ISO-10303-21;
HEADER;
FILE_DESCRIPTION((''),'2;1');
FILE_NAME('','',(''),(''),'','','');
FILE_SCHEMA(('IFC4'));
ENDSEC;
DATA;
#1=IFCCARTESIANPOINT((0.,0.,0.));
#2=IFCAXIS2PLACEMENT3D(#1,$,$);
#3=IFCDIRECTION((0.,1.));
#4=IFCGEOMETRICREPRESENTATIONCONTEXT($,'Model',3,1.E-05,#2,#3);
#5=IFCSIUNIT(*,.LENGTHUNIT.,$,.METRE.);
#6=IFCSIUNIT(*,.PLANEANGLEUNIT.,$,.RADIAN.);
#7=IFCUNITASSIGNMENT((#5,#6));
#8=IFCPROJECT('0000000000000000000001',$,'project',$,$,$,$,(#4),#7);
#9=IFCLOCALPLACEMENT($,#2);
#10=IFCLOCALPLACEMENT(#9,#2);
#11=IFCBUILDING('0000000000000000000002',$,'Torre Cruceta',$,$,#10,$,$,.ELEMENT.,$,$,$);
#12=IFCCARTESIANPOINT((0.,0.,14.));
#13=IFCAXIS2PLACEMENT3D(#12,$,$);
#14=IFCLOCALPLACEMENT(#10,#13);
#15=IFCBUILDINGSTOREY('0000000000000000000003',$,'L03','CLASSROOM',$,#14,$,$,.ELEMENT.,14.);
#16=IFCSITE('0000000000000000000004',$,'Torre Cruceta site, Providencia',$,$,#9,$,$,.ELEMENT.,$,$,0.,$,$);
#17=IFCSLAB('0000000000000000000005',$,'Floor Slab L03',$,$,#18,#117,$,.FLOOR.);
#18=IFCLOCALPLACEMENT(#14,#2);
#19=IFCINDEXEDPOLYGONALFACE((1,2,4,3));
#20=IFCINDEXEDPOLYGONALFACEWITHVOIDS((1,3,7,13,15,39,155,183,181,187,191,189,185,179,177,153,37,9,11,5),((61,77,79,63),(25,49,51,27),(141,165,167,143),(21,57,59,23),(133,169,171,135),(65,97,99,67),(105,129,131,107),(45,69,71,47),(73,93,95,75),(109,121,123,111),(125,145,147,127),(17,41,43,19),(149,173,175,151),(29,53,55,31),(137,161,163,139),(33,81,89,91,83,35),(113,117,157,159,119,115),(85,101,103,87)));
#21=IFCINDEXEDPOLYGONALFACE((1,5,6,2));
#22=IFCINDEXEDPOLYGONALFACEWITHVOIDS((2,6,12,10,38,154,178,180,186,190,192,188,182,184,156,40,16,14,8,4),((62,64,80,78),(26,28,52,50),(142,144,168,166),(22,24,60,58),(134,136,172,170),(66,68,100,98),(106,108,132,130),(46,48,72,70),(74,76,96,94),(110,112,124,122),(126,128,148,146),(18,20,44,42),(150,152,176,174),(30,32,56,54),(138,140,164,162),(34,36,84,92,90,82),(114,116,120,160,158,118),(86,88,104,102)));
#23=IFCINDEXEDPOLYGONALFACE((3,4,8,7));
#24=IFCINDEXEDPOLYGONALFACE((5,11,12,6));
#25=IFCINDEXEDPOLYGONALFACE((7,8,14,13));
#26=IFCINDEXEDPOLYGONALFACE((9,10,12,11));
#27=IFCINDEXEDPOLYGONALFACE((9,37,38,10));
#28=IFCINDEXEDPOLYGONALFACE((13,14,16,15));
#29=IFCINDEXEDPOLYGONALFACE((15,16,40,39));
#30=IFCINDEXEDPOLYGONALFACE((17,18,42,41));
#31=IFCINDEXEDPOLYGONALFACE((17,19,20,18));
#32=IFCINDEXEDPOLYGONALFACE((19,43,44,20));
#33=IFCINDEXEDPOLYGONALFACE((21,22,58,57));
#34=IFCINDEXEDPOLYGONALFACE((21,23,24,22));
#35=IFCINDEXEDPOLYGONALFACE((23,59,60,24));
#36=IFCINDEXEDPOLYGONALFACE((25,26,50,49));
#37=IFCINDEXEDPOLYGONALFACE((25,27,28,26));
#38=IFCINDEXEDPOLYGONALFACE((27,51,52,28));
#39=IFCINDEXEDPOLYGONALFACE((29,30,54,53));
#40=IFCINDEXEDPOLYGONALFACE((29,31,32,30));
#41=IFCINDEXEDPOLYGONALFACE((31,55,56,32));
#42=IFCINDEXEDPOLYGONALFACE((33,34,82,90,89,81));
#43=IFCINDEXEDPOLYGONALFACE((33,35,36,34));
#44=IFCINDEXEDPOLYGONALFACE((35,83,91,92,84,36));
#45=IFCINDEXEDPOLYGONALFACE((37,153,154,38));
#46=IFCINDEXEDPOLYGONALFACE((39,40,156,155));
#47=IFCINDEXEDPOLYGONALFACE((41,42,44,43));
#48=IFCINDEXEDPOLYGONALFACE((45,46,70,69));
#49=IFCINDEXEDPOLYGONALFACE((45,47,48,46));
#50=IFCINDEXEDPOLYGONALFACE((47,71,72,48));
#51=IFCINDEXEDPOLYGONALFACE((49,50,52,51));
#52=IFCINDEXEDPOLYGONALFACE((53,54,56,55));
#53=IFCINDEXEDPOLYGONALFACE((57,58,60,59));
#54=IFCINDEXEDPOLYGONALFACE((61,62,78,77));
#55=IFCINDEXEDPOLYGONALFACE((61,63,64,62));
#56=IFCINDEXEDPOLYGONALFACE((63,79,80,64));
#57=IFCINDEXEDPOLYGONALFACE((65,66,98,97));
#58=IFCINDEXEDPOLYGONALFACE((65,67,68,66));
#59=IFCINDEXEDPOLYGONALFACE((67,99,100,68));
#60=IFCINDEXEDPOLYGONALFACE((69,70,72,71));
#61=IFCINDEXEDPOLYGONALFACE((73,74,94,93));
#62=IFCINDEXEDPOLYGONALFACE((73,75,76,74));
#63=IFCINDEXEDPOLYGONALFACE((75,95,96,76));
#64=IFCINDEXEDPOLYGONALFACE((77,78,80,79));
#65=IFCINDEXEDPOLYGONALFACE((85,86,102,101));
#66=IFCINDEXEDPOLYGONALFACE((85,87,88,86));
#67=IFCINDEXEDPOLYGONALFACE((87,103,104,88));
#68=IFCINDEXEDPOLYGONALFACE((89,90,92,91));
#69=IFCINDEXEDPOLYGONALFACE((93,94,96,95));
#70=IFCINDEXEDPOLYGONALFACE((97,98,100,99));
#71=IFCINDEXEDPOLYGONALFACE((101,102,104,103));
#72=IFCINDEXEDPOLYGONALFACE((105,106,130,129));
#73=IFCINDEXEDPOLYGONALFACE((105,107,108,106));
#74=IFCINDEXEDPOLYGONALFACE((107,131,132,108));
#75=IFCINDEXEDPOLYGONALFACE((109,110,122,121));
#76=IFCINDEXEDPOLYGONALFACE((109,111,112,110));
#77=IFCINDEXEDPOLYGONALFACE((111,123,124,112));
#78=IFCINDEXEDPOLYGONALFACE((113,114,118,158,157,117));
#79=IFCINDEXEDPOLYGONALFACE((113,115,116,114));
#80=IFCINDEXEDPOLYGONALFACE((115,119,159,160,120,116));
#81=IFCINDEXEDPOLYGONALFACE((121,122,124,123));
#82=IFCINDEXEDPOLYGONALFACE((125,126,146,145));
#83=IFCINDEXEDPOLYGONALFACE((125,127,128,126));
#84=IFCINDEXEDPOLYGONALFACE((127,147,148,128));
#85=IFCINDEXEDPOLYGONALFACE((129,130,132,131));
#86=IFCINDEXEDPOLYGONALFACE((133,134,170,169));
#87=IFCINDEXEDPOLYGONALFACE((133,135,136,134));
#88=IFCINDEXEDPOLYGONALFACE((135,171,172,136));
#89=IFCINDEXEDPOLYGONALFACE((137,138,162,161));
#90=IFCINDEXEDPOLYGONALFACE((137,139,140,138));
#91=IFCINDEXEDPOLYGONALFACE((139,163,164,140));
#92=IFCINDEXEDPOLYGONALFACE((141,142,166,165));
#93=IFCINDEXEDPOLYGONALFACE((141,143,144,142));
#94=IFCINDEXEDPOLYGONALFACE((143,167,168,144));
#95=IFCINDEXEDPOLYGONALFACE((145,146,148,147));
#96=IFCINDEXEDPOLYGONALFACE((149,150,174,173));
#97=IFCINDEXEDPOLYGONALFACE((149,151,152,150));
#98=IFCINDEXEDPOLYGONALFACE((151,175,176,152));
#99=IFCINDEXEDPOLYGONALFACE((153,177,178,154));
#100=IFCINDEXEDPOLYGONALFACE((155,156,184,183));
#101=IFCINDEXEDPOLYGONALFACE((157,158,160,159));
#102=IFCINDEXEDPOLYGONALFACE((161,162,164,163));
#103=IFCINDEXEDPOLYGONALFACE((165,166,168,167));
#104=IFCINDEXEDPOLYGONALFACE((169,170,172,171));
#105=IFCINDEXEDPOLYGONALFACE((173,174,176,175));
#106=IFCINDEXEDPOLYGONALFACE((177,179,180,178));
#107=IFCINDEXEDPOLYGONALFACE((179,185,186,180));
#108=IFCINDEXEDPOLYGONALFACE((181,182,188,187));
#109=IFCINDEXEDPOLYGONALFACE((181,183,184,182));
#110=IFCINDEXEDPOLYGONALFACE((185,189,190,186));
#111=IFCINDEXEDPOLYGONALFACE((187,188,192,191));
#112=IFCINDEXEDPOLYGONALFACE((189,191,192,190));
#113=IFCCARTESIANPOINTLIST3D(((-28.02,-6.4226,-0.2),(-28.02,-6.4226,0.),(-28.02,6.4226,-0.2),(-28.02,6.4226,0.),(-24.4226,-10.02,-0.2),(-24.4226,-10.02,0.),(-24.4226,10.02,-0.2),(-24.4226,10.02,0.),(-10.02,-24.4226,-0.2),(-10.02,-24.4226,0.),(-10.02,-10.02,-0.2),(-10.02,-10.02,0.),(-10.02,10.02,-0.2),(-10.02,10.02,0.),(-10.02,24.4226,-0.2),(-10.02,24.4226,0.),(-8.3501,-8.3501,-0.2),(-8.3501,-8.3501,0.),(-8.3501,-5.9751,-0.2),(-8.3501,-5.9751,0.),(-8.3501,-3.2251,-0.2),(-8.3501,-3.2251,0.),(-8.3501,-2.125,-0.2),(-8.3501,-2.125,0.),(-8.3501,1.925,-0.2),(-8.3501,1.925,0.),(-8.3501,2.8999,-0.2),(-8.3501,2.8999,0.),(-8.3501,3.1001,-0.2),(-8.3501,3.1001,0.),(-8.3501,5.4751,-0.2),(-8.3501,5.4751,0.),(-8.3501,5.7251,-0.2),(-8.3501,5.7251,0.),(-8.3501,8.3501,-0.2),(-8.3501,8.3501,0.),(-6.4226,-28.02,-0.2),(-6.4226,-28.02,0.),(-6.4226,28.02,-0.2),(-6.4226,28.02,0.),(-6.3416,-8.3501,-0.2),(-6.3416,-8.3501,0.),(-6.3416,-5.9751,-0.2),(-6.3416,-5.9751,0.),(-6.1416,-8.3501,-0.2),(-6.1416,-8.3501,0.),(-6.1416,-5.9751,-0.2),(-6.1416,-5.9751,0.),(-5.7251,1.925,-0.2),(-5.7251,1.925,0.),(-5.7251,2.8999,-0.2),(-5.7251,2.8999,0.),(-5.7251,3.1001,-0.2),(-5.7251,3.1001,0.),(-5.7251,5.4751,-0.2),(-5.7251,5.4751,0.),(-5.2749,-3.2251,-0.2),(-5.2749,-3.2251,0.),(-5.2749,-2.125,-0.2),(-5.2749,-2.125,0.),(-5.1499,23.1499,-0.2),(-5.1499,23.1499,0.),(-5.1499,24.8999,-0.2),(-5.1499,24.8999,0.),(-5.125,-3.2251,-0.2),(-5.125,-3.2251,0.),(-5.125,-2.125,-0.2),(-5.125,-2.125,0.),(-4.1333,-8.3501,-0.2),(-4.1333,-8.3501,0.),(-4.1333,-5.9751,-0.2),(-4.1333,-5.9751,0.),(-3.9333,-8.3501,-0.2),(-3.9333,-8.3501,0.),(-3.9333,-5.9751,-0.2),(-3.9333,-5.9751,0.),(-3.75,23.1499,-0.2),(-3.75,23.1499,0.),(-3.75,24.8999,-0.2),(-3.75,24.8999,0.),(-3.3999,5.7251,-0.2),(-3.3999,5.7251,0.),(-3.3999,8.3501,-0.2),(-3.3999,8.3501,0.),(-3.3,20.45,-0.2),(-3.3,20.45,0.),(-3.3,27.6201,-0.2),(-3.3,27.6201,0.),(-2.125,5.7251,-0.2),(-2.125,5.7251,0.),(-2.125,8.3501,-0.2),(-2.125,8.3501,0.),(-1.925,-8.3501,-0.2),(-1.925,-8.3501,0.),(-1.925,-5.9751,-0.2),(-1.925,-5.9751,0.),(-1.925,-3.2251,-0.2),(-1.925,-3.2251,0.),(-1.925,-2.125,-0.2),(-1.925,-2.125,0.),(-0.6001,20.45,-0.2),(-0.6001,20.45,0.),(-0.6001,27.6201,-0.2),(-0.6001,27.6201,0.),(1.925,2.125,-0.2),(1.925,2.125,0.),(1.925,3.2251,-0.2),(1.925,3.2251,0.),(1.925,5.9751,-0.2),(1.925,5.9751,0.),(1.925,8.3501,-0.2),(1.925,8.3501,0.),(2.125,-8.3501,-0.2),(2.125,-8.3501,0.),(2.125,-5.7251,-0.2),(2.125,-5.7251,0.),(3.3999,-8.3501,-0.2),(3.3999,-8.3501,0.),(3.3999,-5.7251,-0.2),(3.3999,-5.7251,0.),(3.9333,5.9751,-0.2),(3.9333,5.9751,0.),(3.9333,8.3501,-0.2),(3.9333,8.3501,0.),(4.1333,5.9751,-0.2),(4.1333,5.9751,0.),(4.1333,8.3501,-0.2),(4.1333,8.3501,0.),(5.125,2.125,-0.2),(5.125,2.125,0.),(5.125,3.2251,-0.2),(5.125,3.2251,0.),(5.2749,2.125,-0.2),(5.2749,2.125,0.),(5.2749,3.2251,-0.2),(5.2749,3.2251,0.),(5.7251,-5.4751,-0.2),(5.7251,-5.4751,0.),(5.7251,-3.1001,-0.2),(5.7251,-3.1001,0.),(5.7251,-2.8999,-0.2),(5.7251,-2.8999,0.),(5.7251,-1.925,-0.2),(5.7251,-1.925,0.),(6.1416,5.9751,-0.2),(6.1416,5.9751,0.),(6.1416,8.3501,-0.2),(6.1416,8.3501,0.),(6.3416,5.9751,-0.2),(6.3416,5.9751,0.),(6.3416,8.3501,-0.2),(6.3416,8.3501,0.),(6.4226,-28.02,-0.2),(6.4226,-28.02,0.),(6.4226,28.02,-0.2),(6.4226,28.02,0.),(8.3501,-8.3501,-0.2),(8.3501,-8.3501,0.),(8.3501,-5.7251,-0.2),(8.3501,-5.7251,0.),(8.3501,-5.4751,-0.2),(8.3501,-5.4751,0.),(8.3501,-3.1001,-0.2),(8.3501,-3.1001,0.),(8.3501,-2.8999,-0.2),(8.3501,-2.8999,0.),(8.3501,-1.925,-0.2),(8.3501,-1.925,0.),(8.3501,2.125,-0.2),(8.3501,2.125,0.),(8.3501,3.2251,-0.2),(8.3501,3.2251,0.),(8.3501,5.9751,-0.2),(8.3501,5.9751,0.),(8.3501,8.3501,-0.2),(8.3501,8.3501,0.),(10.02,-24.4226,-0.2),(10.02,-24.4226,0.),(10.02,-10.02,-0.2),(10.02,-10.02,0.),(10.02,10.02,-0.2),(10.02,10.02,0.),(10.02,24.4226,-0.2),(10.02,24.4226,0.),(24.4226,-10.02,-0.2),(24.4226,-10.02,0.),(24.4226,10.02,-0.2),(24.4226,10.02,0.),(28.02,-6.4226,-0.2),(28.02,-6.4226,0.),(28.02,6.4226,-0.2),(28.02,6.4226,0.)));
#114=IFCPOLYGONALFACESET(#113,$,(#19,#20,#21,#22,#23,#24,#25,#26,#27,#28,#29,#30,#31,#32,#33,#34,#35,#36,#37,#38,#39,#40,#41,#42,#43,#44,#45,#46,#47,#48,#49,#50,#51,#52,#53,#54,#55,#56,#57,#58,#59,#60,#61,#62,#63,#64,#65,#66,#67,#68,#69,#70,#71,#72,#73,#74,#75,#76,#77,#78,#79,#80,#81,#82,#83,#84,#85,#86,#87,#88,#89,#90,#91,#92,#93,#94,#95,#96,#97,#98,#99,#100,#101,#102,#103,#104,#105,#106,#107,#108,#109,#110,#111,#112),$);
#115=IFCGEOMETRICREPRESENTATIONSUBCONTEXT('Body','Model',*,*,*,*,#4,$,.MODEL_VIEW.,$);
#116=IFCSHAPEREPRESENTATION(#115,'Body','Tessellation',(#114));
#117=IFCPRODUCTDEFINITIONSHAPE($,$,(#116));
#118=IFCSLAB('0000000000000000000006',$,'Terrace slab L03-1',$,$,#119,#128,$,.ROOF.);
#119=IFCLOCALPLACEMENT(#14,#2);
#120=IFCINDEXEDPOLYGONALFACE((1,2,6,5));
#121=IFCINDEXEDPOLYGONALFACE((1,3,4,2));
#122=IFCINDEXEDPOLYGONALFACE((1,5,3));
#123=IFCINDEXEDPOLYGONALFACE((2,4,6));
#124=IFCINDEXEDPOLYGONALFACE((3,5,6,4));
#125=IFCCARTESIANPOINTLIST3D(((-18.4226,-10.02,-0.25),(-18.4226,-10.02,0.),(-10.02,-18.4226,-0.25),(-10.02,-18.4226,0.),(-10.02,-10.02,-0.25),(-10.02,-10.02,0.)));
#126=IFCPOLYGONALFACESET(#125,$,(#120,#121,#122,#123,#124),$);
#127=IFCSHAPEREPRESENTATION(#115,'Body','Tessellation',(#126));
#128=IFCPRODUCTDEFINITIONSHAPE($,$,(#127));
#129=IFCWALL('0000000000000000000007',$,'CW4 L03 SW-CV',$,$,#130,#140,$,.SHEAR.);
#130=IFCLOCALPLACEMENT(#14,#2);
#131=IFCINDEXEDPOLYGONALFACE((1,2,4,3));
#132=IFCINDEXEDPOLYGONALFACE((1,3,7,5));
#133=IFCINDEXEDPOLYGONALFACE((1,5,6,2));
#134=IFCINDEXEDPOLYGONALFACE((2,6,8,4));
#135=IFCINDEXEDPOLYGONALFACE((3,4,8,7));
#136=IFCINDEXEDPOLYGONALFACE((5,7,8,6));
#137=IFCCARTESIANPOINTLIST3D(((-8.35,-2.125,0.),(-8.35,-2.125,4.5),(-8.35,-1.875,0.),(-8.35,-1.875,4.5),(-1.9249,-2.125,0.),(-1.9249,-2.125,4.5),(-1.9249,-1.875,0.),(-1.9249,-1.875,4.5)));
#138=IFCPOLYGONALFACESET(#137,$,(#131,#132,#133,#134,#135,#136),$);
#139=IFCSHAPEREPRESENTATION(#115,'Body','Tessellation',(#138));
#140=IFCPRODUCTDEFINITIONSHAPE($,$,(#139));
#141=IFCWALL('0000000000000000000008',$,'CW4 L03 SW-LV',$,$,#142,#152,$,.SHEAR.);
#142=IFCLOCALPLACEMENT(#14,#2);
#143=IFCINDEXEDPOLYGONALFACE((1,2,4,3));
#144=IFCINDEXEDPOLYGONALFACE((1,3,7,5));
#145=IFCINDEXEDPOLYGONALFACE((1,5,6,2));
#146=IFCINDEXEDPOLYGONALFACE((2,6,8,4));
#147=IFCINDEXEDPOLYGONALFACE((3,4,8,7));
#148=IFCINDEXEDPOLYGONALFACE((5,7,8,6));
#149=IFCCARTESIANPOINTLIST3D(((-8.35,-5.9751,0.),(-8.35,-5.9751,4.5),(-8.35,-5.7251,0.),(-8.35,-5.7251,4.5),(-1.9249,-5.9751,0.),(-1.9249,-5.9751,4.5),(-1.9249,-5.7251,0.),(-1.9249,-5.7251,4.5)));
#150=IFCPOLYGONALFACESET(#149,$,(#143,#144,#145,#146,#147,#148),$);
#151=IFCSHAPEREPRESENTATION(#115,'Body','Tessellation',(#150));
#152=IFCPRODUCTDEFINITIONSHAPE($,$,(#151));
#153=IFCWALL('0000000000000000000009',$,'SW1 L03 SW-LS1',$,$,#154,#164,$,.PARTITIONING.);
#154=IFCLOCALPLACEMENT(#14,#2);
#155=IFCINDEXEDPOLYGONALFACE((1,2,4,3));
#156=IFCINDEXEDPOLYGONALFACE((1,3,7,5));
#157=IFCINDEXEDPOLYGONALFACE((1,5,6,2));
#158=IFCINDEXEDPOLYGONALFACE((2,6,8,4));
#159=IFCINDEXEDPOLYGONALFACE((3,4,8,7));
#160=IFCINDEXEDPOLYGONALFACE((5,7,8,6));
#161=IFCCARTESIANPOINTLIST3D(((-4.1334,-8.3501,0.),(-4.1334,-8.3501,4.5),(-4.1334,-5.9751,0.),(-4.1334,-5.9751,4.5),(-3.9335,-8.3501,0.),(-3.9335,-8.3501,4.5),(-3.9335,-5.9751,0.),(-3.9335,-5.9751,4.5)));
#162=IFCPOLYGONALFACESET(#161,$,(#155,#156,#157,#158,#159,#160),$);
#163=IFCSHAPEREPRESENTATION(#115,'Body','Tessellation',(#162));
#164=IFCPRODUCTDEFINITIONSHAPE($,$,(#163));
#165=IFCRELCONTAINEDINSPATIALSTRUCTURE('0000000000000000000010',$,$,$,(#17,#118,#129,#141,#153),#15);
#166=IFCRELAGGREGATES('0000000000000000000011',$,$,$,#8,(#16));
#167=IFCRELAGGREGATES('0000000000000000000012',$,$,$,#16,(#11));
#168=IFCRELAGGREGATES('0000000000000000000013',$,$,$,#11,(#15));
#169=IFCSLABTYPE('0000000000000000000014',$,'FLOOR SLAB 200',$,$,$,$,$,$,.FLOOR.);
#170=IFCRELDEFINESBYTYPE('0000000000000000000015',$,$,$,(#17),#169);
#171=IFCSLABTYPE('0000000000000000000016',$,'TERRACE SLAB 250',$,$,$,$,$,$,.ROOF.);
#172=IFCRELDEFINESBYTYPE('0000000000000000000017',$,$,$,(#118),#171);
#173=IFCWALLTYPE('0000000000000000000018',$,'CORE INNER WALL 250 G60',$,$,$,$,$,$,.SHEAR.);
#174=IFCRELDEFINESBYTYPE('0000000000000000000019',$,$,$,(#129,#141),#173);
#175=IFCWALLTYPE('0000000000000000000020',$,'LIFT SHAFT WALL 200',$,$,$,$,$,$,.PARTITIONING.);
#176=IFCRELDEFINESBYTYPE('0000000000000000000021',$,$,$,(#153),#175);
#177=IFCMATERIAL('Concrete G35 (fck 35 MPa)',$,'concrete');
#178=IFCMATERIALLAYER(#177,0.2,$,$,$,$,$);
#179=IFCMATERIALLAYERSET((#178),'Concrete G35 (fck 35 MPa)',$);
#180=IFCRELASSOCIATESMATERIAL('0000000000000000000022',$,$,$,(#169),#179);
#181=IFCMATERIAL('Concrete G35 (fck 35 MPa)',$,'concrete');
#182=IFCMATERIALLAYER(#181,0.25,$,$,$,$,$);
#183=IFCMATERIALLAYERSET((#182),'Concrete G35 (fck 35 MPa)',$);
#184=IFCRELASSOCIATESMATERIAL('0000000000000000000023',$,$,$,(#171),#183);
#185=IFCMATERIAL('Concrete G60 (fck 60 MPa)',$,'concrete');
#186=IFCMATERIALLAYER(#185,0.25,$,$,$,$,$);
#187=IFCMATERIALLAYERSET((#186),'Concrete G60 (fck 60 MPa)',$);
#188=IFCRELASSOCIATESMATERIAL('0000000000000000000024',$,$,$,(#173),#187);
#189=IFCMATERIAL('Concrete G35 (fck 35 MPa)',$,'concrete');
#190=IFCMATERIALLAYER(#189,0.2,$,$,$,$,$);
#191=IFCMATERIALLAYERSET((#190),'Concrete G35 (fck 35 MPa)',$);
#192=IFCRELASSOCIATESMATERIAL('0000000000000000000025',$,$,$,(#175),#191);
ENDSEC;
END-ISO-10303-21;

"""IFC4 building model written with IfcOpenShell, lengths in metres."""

from ifc_helpers import new_model, si_unit, direction, frame, frame_2d, origin, place, context, subcontext, project, spatial, polyline, rectangle, outline, extrude, material, layer, layer_set, type_object, element, save


model = new_model("IFC4")

# Units and contexts
model_context = context("Model", 3, precision=1e-05, world=origin(), true_north=direction((0.0, 1.0)))
body_context = subcontext(model_context, "Body", "Model", "MODEL_VIEW")
ifc_project = project(units=[si_unit("LENGTHUNIT", "METRE"), si_unit("PLANEANGLEUNIT", "RADIAN")], contexts=[model_context])

# Site, building, storey
site_placement = place(None, origin())
site = spatial("IfcSite", under=ifc_project, at=site_placement, Name="Torre Cruceta site, Providencia", CompositionType="ELEMENT", RefElevation=0.0)
building_placement = place(site_placement, origin())
building = spatial("IfcBuilding", under=site, at=building_placement, Name="Torre Cruceta", CompositionType="ELEMENT")
storey_placement = place(building_placement, frame((0.0, 0.0, 14.0)))
storey = spatial("IfcBuildingStorey", under=building, at=storey_placement, Name="L03", Description="CLASSROOM", CompositionType="ELEMENT", Elevation=14.0)

# Slabs
ifc_material_1 = material(Name="Concrete G35 (fck 35 MPa)", Category="concrete")
ifc_layer_1 = layer(ifc_material_1, 0.2)
ifc_layer_set_1 = layer_set([ifc_layer_1], Name="Concrete G35 (fck 35 MPa)")
slab_type_1 = type_object("IfcSlabType", Name="FLOOR SLAB 200", PredefinedType="FLOOR", material=ifc_layer_set_1)
slab_1_placement = place(storey_placement, frame((0.0, 0.0, -0.2)))
element("IfcSlab", 1, at=slab_1_placement, inside=storey, type_object=slab_type_1, Name="Floor Slab L03", PredefinedType="FLOOR", context=body_context, shape_type="SweptSolid", body=[
    extrude(outline(polyline([(10.02, -10.02), (10.02, -24.4226), (6.4226, -28.02), (-6.4226, -28.02), (-10.02, -24.4226), (-10.02, -10.02), (-24.4226, -10.02), (-28.02, -6.4226), (-28.02, 6.4226), (-24.4226, 10.02), (-10.02, 10.02), (-10.02, 24.4226), (-6.4226, 28.02), (6.4226, 28.02), (10.02, 24.4226), (10.02, 10.02), (24.4226, 10.02), (28.02, 6.4226), (28.02, -6.4226), (24.4226, -10.02), (10.02, -10.02)]), holes=[polyline([(1.925, 5.9751), (3.9333, 5.9751), (3.9333, 8.3501), (1.925, 8.3501), (1.925, 5.9751)]), polyline([(4.1333, 5.9751), (6.1416, 5.9751), (6.1416, 8.3501), (4.1333, 8.3501), (4.1333, 5.9751)]), polyline([(6.3416, 5.9751), (8.3501, 5.9751), (8.3501, 8.3501), (6.3416, 8.3501), (6.3416, 5.9751)]), polyline([(1.925, 2.125), (5.125, 2.125), (5.125, 3.2251), (1.925, 3.2251), (1.925, 2.125)]), polyline([(5.2749, 2.125), (8.3501, 2.125), (8.3501, 3.2251), (5.2749, 3.2251), (5.2749, 2.125)]), polyline([(-8.3501, 3.1001), (-5.7251, 3.1001), (-5.7251, 5.4751), (-8.3501, 5.4751), (-8.3501, 3.1001)]), polyline([(-8.3501, 1.925), (-5.7251, 1.925), (-5.7251, 2.8999), (-8.3501, 2.8999), (-8.3501, 1.925)]), polyline([(-3.9333, -8.3501), (-1.925, -8.3501), (-1.925, -5.9751), (-3.9333, -5.9751), (-3.9333, -8.3501)]), polyline([(-6.1416, -8.3501), (-4.1333, -8.3501), (-4.1333, -5.9751), (-6.1416, -5.9751), (-6.1416, -8.3501)]), polyline([(-8.3501, -8.3501), (-6.3416, -8.3501), (-6.3416, -5.9751), (-8.3501, -5.9751), (-8.3501, -8.3501)]), polyline([(-5.125, -3.2251), (-1.925, -3.2251), (-1.925, -2.125), (-5.125, -2.125), (-5.125, -3.2251)]), polyline([(-8.3501, -3.2251), (-5.2749, -3.2251), (-5.2749, -2.125), (-8.3501, -2.125), (-8.3501, -3.2251)]), polyline([(5.7251, -5.4751), (8.3501, -5.4751), (8.3501, -3.1001), (5.7251, -3.1001), (5.7251, -5.4751)]), polyline([(5.7251, -2.8999), (8.3501, -2.8999), (8.3501, -1.925), (5.7251, -1.925), (5.7251, -2.8999)]), polyline([(-8.3501, 5.7251), (-8.3501, 8.3501), (-3.3999, 8.3501), (-2.125, 8.3501), (-2.125, 5.7251), (-3.3999, 5.7251), (-8.3501, 5.7251)]), polyline([(2.125, -5.7251), (3.3999, -5.7251), (8.3501, -5.7251), (8.3501, -8.3501), (3.3999, -8.3501), (2.125, -8.3501), (2.125, -5.7251)]), polyline([(-0.6001, 20.45), (-0.6001, 27.6201), (-3.3, 27.6201), (-3.3, 20.45), (-0.6001, 20.45)]), polyline([(-3.75, 23.1499), (-3.75, 24.8999), (-5.1499, 24.8999), (-5.1499, 23.1499), (-3.75, 23.1499)])]), origin(), (0.0, 0.0, 1.0), 0.2),
])
ifc_material_2 = material(Name="Concrete G35 (fck 35 MPa)", Category="concrete")
ifc_layer_2 = layer(ifc_material_2, 0.25)
ifc_layer_set_2 = layer_set([ifc_layer_2], Name="Concrete G35 (fck 35 MPa)")
slab_type_2 = type_object("IfcSlabType", Name="TERRACE SLAB 250", PredefinedType="ROOF", material=ifc_layer_set_2)
slab_2_placement = place(storey_placement, frame((0.0, 0.0, -0.25)))
element("IfcSlab", 2, at=slab_2_placement, inside=storey, type_object=slab_type_2, Name="Terrace slab L03-1", PredefinedType="ROOF", context=body_context, shape_type="SweptSolid", body=[
    extrude(outline(polyline([(-10.02, -10.02), (-10.02, -18.4226), (-18.4226, -10.02), (-10.02, -10.02)])), origin(), (0.0, 0.0, 1.0), 0.25),
])

# Shared definitions
ifc_material_3 = material(Name="Concrete G60 (fck 60 MPa)", Category="concrete")
ifc_layer_3 = layer(ifc_material_3, 0.25)
ifc_layer_set_3 = layer_set([ifc_layer_3], Name="Concrete G60 (fck 60 MPa)")
wall_type_1 = type_object("IfcWallType", Name="CORE INNER WALL 250 G60", PredefinedType="SHEAR", material=ifc_layer_set_3)

# Walls
for number, where, z_axis, x_axis, name in (
    (3, (-1.925, -2.0, 0.0), (0.0, 0.0, 1.0), (-1.0, 0.0, 0.0), "CW4 L03 SW-CV"),
    (4, (-1.925, -5.8501, 0.0), (0.0, 0.0, 1.0), (-1.0, 0.0, 0.0), "CW4 L03 SW-LV"),
):
    element("IfcWall", number, at=place(storey_placement, frame(where, z_axis=z_axis, x_axis=x_axis)), inside=storey, type_object=wall_type_1, Name=name, PredefinedType="SHEAR", context=body_context, shape_type="SweptSolid", body=[
        extrude(rectangle(XDim=6.425, YDim=0.25, at=frame_2d((3.2124, 0.0))), origin(), (0.0, 0.0, 1.0), 4.5),
    ])
ifc_material_4 = material(Name="Concrete G35 (fck 35 MPa)", Category="concrete")
ifc_layer_4 = layer(ifc_material_4, 0.2)
ifc_layer_set_4 = layer_set([ifc_layer_4], Name="Concrete G35 (fck 35 MPa)")
wall_type_2 = type_object("IfcWallType", Name="LIFT SHAFT WALL 200", PredefinedType="PARTITIONING", material=ifc_layer_set_4)
wall_1_placement = place(storey_placement, frame((-4.0334, -5.9751, 0.0), z_axis=(0.0, 0.0, 1.0), x_axis=(0.0, -1.0, 0.0)))
element("IfcWall", 5, at=wall_1_placement, inside=storey, type_object=wall_type_2, Name="SW1 L03 SW-LS1", PredefinedType="PARTITIONING", context=body_context, shape_type="SweptSolid", body=[
    extrude(rectangle(XDim=2.375, YDim=0.2, at=frame_2d((1.1875, 0.0))), origin(), (0.0, 0.0, 1.0), 4.5),
])

save(model, "model.ifc")
